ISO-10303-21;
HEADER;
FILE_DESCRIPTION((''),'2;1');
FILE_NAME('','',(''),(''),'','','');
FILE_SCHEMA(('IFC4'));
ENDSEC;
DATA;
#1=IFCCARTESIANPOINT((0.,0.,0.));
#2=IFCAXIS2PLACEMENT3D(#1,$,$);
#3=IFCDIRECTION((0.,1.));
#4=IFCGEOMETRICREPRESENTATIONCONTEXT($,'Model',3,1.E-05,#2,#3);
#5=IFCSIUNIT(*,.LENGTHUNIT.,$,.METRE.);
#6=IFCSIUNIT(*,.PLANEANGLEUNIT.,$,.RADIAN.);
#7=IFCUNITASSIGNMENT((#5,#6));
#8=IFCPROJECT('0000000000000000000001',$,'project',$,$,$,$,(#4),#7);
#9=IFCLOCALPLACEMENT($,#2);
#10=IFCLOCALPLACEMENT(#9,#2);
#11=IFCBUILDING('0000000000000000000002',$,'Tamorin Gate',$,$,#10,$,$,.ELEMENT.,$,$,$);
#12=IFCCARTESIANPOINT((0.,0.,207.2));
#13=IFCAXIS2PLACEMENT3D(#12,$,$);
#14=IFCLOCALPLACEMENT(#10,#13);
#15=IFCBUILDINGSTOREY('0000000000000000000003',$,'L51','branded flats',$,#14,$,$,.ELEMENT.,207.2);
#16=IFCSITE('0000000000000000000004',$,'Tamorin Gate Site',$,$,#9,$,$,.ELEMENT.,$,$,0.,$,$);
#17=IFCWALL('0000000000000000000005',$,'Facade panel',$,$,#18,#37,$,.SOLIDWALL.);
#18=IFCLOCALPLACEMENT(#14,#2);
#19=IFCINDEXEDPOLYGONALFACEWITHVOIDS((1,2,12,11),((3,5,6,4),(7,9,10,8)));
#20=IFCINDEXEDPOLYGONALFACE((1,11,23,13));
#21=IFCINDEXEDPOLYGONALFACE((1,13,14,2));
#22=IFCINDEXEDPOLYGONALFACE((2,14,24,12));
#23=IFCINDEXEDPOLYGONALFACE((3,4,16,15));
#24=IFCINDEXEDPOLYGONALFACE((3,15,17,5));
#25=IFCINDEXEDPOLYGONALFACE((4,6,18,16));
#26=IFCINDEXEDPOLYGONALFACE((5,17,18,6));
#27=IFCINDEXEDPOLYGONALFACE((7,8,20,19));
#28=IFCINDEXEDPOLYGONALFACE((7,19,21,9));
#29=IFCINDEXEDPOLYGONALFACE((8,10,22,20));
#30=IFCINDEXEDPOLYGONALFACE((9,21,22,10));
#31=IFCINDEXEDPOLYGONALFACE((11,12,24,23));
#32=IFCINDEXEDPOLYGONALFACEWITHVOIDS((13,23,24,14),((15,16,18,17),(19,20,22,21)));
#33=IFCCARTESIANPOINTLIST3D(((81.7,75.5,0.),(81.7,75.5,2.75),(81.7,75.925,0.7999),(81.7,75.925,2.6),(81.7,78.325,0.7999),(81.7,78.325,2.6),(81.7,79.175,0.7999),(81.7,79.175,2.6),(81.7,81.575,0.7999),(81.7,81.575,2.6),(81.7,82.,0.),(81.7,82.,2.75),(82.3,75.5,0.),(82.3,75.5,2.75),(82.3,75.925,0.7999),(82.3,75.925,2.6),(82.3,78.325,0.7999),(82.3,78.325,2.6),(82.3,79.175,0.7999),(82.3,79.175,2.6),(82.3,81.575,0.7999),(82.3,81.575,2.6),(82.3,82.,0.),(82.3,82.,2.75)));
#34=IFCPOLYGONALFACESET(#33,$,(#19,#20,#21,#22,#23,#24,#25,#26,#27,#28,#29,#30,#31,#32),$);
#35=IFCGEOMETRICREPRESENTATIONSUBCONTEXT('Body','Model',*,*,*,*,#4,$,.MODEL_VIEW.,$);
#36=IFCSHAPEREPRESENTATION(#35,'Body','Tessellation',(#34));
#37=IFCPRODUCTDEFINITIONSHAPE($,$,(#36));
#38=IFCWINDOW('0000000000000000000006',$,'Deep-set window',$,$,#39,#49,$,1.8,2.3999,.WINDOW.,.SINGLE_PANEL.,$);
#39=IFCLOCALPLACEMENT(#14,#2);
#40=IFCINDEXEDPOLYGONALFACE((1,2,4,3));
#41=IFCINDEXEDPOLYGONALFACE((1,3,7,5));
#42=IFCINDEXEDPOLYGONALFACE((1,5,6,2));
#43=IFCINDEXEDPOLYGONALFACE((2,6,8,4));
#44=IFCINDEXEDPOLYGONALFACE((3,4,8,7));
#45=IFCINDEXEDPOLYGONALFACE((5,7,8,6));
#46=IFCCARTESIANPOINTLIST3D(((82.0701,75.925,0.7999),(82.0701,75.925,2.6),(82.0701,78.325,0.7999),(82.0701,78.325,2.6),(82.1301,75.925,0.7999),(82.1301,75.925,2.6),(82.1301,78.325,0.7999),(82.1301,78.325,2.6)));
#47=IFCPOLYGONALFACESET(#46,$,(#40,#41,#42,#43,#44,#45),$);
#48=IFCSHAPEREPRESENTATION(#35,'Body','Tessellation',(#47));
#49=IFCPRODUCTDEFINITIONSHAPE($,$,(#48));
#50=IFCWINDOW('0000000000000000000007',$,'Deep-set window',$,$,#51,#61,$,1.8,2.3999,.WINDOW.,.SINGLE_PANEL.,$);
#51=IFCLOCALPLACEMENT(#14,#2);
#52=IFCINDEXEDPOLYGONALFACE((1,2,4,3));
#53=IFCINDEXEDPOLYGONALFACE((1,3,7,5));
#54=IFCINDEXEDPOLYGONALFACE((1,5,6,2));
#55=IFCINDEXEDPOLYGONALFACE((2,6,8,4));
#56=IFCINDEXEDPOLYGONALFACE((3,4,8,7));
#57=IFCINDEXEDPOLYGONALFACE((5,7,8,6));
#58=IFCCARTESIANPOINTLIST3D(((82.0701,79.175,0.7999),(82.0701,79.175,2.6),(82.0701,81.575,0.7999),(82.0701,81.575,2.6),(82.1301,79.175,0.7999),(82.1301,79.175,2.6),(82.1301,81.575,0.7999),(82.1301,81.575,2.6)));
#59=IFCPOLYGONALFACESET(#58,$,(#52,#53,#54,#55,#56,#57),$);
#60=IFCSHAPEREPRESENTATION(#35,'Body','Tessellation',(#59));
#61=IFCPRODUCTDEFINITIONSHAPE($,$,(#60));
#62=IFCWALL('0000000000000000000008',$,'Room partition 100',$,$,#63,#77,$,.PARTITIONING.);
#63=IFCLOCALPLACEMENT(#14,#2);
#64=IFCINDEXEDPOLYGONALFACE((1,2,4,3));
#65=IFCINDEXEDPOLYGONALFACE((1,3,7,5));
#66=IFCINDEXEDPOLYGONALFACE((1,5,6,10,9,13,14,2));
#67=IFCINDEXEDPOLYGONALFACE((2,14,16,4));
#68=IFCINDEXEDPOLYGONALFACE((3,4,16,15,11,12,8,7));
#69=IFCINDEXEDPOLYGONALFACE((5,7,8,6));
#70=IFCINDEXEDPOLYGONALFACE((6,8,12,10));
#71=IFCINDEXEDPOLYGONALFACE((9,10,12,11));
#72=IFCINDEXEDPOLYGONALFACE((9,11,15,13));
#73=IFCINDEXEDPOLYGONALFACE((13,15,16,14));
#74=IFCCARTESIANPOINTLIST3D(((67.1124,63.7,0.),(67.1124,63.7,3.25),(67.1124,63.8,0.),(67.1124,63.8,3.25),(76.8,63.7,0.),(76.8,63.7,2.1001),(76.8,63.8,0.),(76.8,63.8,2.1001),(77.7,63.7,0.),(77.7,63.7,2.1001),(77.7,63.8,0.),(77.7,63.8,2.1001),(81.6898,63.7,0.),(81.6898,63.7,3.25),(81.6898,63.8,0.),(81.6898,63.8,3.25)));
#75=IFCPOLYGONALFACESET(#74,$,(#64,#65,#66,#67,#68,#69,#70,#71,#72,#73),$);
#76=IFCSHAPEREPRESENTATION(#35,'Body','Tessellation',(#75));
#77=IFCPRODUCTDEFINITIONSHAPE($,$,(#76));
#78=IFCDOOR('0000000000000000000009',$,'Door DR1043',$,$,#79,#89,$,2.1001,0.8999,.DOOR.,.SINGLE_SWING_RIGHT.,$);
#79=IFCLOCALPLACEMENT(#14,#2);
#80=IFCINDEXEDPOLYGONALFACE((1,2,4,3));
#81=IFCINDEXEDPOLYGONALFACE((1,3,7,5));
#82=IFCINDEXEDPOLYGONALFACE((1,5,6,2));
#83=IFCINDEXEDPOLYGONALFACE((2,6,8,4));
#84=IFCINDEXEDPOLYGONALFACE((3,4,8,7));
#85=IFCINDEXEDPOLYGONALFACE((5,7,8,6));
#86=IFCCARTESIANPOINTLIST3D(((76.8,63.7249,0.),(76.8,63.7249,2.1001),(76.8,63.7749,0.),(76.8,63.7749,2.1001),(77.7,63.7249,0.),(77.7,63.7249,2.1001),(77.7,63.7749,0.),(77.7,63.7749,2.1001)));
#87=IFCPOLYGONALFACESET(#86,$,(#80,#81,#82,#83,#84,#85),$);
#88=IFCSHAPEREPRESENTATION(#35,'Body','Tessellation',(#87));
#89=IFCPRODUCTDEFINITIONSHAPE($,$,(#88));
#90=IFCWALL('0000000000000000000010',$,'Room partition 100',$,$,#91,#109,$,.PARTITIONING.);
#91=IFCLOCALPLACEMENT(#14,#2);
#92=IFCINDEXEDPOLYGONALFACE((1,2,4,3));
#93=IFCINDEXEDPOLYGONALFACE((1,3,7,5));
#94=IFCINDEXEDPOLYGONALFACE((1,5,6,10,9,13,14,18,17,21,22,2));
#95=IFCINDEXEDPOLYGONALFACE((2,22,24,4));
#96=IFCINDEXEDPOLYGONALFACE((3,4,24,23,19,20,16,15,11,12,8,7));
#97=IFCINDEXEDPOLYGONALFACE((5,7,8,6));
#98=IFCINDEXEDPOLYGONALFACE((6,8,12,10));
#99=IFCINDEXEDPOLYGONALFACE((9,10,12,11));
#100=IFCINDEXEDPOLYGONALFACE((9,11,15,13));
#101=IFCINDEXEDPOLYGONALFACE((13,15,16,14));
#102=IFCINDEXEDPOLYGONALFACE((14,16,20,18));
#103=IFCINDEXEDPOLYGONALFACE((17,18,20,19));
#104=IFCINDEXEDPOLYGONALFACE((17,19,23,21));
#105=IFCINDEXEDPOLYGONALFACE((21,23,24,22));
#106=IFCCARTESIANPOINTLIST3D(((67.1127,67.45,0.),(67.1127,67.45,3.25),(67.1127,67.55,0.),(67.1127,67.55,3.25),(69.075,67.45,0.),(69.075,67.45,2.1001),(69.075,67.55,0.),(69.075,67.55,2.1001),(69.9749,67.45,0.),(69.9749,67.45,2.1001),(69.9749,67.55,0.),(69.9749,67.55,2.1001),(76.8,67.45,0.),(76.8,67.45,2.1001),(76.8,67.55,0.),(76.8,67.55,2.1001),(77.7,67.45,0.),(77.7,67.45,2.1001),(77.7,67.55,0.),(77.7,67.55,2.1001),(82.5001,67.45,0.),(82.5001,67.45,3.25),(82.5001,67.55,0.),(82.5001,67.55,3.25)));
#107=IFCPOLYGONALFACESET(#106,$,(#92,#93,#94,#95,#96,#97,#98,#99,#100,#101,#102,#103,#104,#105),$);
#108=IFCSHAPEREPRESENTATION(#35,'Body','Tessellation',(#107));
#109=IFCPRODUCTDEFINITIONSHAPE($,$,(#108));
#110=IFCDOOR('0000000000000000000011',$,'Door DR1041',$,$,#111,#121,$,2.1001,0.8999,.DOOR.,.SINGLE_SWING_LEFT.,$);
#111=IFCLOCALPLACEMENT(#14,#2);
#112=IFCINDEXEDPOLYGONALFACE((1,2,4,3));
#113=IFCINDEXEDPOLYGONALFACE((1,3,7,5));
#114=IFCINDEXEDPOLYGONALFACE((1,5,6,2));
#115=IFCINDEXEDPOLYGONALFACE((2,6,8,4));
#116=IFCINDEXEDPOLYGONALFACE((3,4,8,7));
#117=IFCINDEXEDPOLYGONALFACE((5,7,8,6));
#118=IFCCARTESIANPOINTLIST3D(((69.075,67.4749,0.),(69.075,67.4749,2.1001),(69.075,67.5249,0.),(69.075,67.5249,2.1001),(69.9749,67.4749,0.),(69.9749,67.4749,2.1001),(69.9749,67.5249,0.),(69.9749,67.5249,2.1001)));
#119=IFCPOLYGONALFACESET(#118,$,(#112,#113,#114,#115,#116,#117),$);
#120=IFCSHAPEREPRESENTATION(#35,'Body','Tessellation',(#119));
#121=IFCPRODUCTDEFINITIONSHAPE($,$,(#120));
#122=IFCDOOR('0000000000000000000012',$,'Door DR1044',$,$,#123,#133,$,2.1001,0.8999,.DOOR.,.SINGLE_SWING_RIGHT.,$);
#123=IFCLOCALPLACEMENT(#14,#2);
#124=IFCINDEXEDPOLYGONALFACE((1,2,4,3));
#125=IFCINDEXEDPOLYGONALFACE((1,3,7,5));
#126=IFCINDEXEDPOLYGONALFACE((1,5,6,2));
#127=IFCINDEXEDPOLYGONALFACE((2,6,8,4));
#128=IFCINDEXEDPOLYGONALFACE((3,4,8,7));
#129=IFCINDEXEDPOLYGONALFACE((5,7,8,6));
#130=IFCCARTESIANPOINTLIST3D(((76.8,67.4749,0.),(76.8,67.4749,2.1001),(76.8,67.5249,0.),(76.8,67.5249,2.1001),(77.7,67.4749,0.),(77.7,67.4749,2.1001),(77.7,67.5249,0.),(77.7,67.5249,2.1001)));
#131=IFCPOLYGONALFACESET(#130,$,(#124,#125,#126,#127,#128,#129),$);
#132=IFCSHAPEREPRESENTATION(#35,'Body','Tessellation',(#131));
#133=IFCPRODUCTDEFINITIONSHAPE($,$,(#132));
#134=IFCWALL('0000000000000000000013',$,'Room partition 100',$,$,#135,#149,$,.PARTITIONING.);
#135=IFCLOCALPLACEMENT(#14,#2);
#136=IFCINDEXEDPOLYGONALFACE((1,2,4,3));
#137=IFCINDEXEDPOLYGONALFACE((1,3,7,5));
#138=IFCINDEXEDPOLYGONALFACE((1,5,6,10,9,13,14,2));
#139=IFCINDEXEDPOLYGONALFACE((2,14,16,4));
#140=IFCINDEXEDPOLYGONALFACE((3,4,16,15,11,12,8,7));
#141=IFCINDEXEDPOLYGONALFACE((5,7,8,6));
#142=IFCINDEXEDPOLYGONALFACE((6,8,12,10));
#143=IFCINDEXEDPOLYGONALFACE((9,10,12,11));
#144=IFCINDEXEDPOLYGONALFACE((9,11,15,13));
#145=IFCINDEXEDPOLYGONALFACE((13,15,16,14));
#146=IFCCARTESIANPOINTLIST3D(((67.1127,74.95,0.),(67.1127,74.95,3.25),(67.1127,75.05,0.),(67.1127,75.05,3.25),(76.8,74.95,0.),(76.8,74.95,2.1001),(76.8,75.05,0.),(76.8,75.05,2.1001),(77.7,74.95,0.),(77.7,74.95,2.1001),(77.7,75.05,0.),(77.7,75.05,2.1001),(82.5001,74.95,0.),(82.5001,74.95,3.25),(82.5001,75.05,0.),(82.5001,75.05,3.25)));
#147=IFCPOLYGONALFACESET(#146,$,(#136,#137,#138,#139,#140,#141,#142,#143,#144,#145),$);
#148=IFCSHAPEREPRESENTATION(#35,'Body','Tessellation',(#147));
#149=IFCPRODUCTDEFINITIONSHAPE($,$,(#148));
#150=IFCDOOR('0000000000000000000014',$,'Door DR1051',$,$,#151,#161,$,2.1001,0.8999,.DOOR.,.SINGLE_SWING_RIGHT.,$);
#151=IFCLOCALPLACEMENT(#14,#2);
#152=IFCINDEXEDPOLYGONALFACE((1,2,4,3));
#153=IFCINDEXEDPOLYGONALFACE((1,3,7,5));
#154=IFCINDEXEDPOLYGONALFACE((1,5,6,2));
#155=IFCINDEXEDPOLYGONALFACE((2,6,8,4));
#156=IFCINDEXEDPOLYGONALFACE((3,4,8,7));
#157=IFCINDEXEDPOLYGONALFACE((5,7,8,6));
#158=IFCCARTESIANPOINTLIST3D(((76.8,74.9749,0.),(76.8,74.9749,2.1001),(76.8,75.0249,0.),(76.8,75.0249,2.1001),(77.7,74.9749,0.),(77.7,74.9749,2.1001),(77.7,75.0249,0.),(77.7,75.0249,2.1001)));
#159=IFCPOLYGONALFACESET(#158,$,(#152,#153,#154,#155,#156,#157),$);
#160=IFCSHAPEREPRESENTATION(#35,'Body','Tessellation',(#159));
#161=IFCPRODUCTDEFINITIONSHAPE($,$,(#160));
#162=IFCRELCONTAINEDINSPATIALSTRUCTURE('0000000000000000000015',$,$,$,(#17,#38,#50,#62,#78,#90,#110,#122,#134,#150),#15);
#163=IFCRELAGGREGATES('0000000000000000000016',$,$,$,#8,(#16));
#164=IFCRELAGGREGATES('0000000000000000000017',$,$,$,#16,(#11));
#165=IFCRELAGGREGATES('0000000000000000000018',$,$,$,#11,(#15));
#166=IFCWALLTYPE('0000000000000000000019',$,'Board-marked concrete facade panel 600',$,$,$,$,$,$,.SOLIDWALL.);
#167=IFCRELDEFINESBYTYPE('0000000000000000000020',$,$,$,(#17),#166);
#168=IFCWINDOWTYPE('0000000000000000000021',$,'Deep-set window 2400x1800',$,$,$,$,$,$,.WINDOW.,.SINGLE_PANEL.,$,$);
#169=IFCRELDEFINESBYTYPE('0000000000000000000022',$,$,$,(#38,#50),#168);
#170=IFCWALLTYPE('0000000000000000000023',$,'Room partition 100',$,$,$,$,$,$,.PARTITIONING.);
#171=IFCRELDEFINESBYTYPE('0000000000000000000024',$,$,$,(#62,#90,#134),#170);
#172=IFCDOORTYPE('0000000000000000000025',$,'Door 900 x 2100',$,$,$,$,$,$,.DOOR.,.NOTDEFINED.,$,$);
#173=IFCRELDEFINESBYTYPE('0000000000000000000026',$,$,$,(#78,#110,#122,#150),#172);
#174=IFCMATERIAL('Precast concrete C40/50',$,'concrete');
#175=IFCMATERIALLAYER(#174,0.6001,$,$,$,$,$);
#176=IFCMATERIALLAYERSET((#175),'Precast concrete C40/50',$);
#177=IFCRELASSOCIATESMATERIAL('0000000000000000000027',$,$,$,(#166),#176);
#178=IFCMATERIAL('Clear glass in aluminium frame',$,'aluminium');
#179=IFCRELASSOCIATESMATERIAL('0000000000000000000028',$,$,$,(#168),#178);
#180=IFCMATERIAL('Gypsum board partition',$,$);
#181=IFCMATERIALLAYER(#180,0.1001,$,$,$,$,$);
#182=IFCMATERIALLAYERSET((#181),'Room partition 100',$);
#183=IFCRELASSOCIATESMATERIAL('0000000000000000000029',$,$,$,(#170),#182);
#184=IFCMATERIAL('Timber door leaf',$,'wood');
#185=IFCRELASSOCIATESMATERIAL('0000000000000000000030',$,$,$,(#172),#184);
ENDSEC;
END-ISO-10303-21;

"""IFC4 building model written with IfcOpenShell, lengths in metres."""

from ifc_helpers import new_model, si_unit, direction, frame, frame_2d, origin, place, context, subcontext, project, spatial, rectangle, extrude, material, layer, layer_set, type_object, element, fill, save


model = new_model("IFC4")

# Units and contexts
model_context = context("Model", 3, precision=1e-05, world=origin(), true_north=direction((0.0, 1.0)))
body_context = subcontext(model_context, "Body", "Model", "MODEL_VIEW")
ifc_project = project(units=[si_unit("LENGTHUNIT", "METRE"), si_unit("PLANEANGLEUNIT", "RADIAN")], contexts=[model_context])

# Site, building, storey
site_placement = place(None, origin())
site = spatial("IfcSite", under=ifc_project, at=site_placement, Name="Tamorin Gate Site", CompositionType="ELEMENT", RefElevation=0.0)
building_placement = place(site_placement, origin())
building = spatial("IfcBuilding", under=site, at=building_placement, Name="Tamorin Gate", CompositionType="ELEMENT")
storey_placement = place(building_placement, frame((0.0, 0.0, 207.2)))
storey = spatial("IfcBuildingStorey", under=building, at=storey_placement, Name="L51", Description="branded flats", CompositionType="ELEMENT", Elevation=207.2)

# Wall, openings, windows
ifc_material_1 = material(Name="Precast concrete C40/50", Category="concrete")
ifc_layer_1 = layer(ifc_material_1, 0.6001)
ifc_layer_set_1 = layer_set([ifc_layer_1], Name="Precast concrete C40/50")
wall_type_1 = type_object("IfcWallType", Name="Board-marked concrete facade panel 600", PredefinedType="SOLIDWALL", material=ifc_layer_set_1)
ifc_material_2 = material(Name="Clear glass in aluminium frame", Category="aluminium")
window_type = type_object("IfcWindowType", Name="Deep-set window 2400x1800", PartitioningType="SINGLE_PANEL", PredefinedType="WINDOW", material=ifc_material_2)
wall_1_placement = place(storey_placement, frame((82.0, 75.5, 0.0), z_axis=(0.0, 0.0, 1.0), x_axis=(0.0, 1.0, 0.0)))
wall_1 = element("IfcWall", 1, at=wall_1_placement, inside=storey, type_object=wall_type_1, Name="Facade panel", PredefinedType="SOLIDWALL", context=body_context, shape_type="SweptSolid", body=[
    extrude(rectangle(XDim=6.5, YDim=0.6001, at=frame_2d((3.25, 0.0))), origin(), (0.0, 0.0, 1.0), 2.75),
])
opening_1_placement = place(wall_1_placement, frame((0.425, 0.0, 0.8)))
opening_1 = element("IfcOpeningElement", 2, at=opening_1_placement, cuts=wall_1, PredefinedType="OPENING", context=body_context, shape_type="SweptSolid", body=[
    extrude(rectangle(XDim=2.3999, YDim=1.8, at=frame_2d((1.2, 0.8999))), frame((0.0, 0.3101, 0.0), z_axis=(0.0, -1.0, 0.0), x_axis=(1.0, 0.0, 0.0)), (0.0, 0.0, 1.0), 0.6201),
])
opening_2_placement = place(wall_1_placement, frame((3.675, 0.0, 0.8)))
opening_2 = element("IfcOpeningElement", 3, at=opening_2_placement, cuts=wall_1, PredefinedType="OPENING", context=body_context, shape_type="SweptSolid", body=[
    extrude(rectangle(XDim=2.3999, YDim=1.8, at=frame_2d((1.2, 0.8999))), frame((0.0, 0.3101, 0.0), z_axis=(0.0, -1.0, 0.0), x_axis=(1.0, 0.0, 0.0)), (0.0, 0.0, 1.0), 0.6201),
])
window_1_placement = place(opening_1_placement, origin())
window_1 = element("IfcWindow", 4, at=window_1_placement, inside=storey, type_object=window_type, Name="Deep-set window", OverallHeight=1.8, OverallWidth=2.3999, PartitioningType="SINGLE_PANEL", PredefinedType="WINDOW", context=body_context, shape_type="SweptSolid", body=[
    extrude(rectangle(XDim=2.3999, YDim=1.8, at=frame_2d((1.2, 0.8999))), frame((0.0, -0.0701, 0.0), z_axis=(0.0, -1.0, 0.0), x_axis=(1.0, 0.0, 0.0)), (0.0, 0.0, 1.0), 0.0601),
])
fill(opening_1, window_1)
window_2_placement = place(opening_2_placement, origin())
window_2 = element("IfcWindow", 5, at=window_2_placement, inside=storey, type_object=window_type, Name="Deep-set window", OverallHeight=1.8, OverallWidth=2.3999, PartitioningType="SINGLE_PANEL", PredefinedType="WINDOW", context=body_context, shape_type="SweptSolid", body=[
    extrude(rectangle(XDim=2.3999, YDim=1.8, at=frame_2d((1.2, 0.8999))), frame((0.0, -0.0701, 0.0), z_axis=(0.0, -1.0, 0.0), x_axis=(1.0, 0.0, 0.0)), (0.0, 0.0, 1.0), 0.0601),
])
fill(opening_2, window_2)

# Wall, opening, door
ifc_material_3 = material(Name="Gypsum board partition")
ifc_layer_2 = layer(ifc_material_3, 0.1001)
ifc_layer_set_2 = layer_set([ifc_layer_2], Name="Room partition 100")
wall_type_2 = type_object("IfcWallType", Name="Room partition 100", PredefinedType="PARTITIONING", material=ifc_layer_set_2)
wall_2_placement = place(storey_placement, frame((67.1125, 63.75, 0.0), z_axis=(0.0, 0.0, 1.0), x_axis=(1.0, 0.0, 0.0)))
wall_2 = element("IfcWall", 6, at=wall_2_placement, inside=storey, type_object=wall_type_2, Name="Room partition 100", PredefinedType="PARTITIONING", context=body_context, shape_type="SweptSolid", body=[
    extrude(rectangle(XDim=14.5774, YDim=0.1001, at=frame_2d((7.2886, 0.0))), origin(), (0.0, 0.0, 1.0), 3.25),
])
opening_3_placement = place(wall_2_placement, frame((9.6875, 0.0, 0.0)))
opening_3 = element("IfcOpeningElement", 7, at=opening_3_placement, cuts=wall_2, PredefinedType="OPENING", context=body_context, shape_type="SweptSolid", body=[
    extrude(rectangle(XDim=0.8999, YDim=2.1001, at=frame_2d((0.45, 1.05))), frame((0.0, 0.0601, 0.0), z_axis=(0.0, -1.0, 0.0), x_axis=(1.0, 0.0, 0.0)), (0.0, 0.0, 1.0), 0.1201),
])
ifc_material_4 = material(Name="Timber door leaf", Category="wood")
door_type = type_object("IfcDoorType", Name="Door 900 x 2100", OperationType="NOTDEFINED", PredefinedType="DOOR", material=ifc_material_4)
door_1_placement = place(opening_3_placement, origin())
door_1 = element("IfcDoor", 8, at=door_1_placement, inside=storey, type_object=door_type, Name="Door DR1043", OperationType="SINGLE_SWING_RIGHT", OverallHeight=2.1001, OverallWidth=0.8999, PredefinedType="DOOR", context=body_context, shape_type="SweptSolid", body=[
    extrude(rectangle(XDim=0.8999, YDim=2.1001, at=frame_2d((0.45, 1.05))), frame((0.0, 0.0249, 0.0), z_axis=(0.0, -1.0, 0.0), x_axis=(1.0, 0.0, 0.0)), (0.0, 0.0, 1.0), 0.05),
])
fill(opening_3, door_1)

# Wall, openings, doors
wall_3_placement = place(storey_placement, frame((67.1125, 67.5, 0.0), z_axis=(0.0, 0.0, 1.0), x_axis=(1.0, 0.0, 0.0)))
wall_3 = element("IfcWall", 9, at=wall_3_placement, inside=storey, type_object=wall_type_2, Name="Room partition 100", PredefinedType="PARTITIONING", context=body_context, shape_type="SweptSolid", body=[
    extrude(rectangle(XDim=15.3875, YDim=0.1001, at=frame_2d((7.6938, 0.0))), origin(), (0.0, 0.0, 1.0), 3.25),
])
opening_4_placement = place(wall_3_placement, frame((1.9624, 0.0, 0.0)))
opening_4 = element("IfcOpeningElement", 10, at=opening_4_placement, cuts=wall_3, PredefinedType="OPENING", context=body_context, shape_type="SweptSolid", body=[
    extrude(rectangle(XDim=0.8999, YDim=2.1001, at=frame_2d((0.45, 1.05))), frame((0.0, 0.0601, 0.0), z_axis=(0.0, -1.0, 0.0), x_axis=(1.0, 0.0, 0.0)), (0.0, 0.0, 1.0), 0.1201),
])
opening_5_placement = place(wall_3_placement, frame((9.6875, 0.0, 0.0)))
opening_5 = element("IfcOpeningElement", 11, at=opening_5_placement, cuts=wall_3, PredefinedType="OPENING", context=body_context, shape_type="SweptSolid", body=[
    extrude(rectangle(XDim=0.8999, YDim=2.1001, at=frame_2d((0.45, 1.05))), frame((0.0, 0.0601, 0.0), z_axis=(0.0, -1.0, 0.0), x_axis=(1.0, 0.0, 0.0)), (0.0, 0.0, 1.0), 0.1201),
])
door_2_placement = place(opening_4_placement, origin())
door_2 = element("IfcDoor", 12, at=door_2_placement, inside=storey, type_object=door_type, Name="Door DR1041", OperationType="SINGLE_SWING_LEFT", OverallHeight=2.1001, OverallWidth=0.8999, PredefinedType="DOOR", context=body_context, shape_type="SweptSolid", body=[
    extrude(rectangle(XDim=0.8999, YDim=2.1001, at=frame_2d((0.45, 1.05))), frame((0.0, 0.0249, 0.0), z_axis=(0.0, -1.0, 0.0), x_axis=(1.0, 0.0, 0.0)), (0.0, 0.0, 1.0), 0.05),
])
fill(opening_4, door_2)
door_3_placement = place(opening_5_placement, origin())
door_3 = element("IfcDoor", 13, at=door_3_placement, inside=storey, type_object=door_type, Name="Door DR1044", OperationType="SINGLE_SWING_RIGHT", OverallHeight=2.1001, OverallWidth=0.8999, PredefinedType="DOOR", context=body_context, shape_type="SweptSolid", body=[
    extrude(rectangle(XDim=0.8999, YDim=2.1001, at=frame_2d((0.45, 1.05))), frame((0.0, 0.0249, 0.0), z_axis=(0.0, -1.0, 0.0), x_axis=(1.0, 0.0, 0.0)), (0.0, 0.0, 1.0), 0.05),
])
fill(opening_5, door_3)

# Wall, opening, door
wall_4_placement = place(storey_placement, frame((67.1125, 75.0, 0.0), z_axis=(0.0, 0.0, 1.0), x_axis=(1.0, 0.0, 0.0)))
wall_4 = element("IfcWall", 14, at=wall_4_placement, inside=storey, type_object=wall_type_2, Name="Room partition 100", PredefinedType="PARTITIONING", context=body_context, shape_type="SweptSolid", body=[
    extrude(rectangle(XDim=15.3875, YDim=0.1001, at=frame_2d((7.6938, 0.0))), origin(), (0.0, 0.0, 1.0), 3.25),
])
opening_6_placement = place(wall_4_placement, frame((9.6875, 0.0, 0.0)))
opening_6 = element("IfcOpeningElement", 15, at=opening_6_placement, cuts=wall_4, PredefinedType="OPENING", context=body_context, shape_type="SweptSolid", body=[
    extrude(rectangle(XDim=0.8999, YDim=2.1001, at=frame_2d((0.45, 1.05))), frame((0.0, 0.0601, 0.0), z_axis=(0.0, -1.0, 0.0), x_axis=(1.0, 0.0, 0.0)), (0.0, 0.0, 1.0), 0.1201),
])
door_4_placement = place(opening_6_placement, origin())
door_4 = element("IfcDoor", 16, at=door_4_placement, inside=storey, type_object=door_type, Name="Door DR1051", OperationType="SINGLE_SWING_RIGHT", OverallHeight=2.1001, OverallWidth=0.8999, PredefinedType="DOOR", context=body_context, shape_type="SweptSolid", body=[
    extrude(rectangle(XDim=0.8999, YDim=2.1001, at=frame_2d((0.45, 1.05))), frame((0.0, 0.0249, 0.0), z_axis=(0.0, -1.0, 0.0), x_axis=(1.0, 0.0, 0.0)), (0.0, 0.0, 1.0), 0.05),
])
fill(opening_6, door_4)

save(model, "model.ifc")
